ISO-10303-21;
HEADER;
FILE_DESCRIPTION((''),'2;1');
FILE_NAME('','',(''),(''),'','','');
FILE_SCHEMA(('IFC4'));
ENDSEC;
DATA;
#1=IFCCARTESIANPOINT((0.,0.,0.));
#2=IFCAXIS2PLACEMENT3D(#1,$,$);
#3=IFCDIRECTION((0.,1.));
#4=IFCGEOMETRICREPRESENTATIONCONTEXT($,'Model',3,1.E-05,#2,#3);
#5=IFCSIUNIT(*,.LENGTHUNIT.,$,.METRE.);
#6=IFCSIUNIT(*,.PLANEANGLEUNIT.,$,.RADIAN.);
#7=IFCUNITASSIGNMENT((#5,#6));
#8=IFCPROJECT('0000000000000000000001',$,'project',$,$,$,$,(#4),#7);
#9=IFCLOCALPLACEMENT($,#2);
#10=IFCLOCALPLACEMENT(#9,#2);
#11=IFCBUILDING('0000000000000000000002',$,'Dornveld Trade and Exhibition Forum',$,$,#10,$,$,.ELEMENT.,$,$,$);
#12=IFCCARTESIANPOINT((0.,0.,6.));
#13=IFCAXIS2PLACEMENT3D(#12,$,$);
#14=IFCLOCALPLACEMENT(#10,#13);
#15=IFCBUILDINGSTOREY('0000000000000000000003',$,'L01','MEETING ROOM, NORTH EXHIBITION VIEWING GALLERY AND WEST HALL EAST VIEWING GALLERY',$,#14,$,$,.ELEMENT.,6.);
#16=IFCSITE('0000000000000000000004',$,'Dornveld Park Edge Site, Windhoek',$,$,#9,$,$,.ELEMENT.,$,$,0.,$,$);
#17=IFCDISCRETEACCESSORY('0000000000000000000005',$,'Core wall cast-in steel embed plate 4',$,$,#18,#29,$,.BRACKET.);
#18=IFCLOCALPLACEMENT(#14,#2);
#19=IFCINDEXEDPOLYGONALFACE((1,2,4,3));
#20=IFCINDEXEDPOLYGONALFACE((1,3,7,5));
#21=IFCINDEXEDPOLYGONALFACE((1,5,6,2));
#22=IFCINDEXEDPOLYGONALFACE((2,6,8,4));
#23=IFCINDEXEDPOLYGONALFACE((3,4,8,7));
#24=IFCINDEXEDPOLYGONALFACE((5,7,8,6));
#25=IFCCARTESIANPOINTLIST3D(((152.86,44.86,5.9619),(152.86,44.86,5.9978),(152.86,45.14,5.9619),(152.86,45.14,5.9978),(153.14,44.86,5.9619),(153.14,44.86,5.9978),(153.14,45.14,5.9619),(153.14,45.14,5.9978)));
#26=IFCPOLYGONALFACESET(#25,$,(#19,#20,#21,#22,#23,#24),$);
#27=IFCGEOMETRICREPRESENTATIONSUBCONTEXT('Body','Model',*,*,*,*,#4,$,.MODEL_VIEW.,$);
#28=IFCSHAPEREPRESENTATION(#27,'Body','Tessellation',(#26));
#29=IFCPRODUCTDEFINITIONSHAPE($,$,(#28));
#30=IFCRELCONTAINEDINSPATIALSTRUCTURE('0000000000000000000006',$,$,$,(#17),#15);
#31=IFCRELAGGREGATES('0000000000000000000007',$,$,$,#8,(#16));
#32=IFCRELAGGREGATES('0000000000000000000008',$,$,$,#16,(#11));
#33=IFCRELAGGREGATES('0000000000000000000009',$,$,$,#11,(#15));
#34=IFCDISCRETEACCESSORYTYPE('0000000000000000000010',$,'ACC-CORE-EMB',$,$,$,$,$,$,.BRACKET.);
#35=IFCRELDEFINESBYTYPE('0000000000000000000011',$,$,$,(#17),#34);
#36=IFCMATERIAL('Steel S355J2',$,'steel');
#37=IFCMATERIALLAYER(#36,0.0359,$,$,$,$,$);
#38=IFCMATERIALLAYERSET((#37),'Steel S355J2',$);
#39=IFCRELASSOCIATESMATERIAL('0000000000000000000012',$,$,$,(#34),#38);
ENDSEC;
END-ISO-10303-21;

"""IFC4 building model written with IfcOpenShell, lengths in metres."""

from ifc_helpers import new_model, si_unit, direction, frame, origin, origin_2d, place, context, subcontext, project, spatial, rectangle, extrude, material, layer, layer_set, type_object, element, save


model = new_model("IFC4")

# Units and contexts
model_context = context("Model", 3, precision=1e-05, world=origin(), true_north=direction((0.0, 1.0)))
body_context = subcontext(model_context, "Body", "Model", "MODEL_VIEW")
ifc_project = project(units=[si_unit("LENGTHUNIT", "METRE"), si_unit("PLANEANGLEUNIT", "RADIAN")], contexts=[model_context])

# Site, building, storey
site_placement = place(None, origin())
site = spatial("IfcSite", under=ifc_project, at=site_placement, Name="Dornveld Park Edge Site, Windhoek", CompositionType="ELEMENT", RefElevation=0.0)
building_placement = place(site_placement, origin())
building = spatial("IfcBuilding", under=site, at=building_placement, Name="Dornveld Trade and Exhibition Forum", CompositionType="ELEMENT")
storey_placement = place(building_placement, frame((0.0, 0.0, 6.0)))
storey = spatial("IfcBuildingStorey", under=building, at=storey_placement, Name="L01", Description="MEETING ROOM, NORTH EXHIBITION VIEWING GALLERY AND WEST HALL EAST VIEWING GALLERY", CompositionType="ELEMENT", Elevation=6.0)

# Discrete accessory
ifc_material_1 = material(Name="Steel S355J2", Category="steel")
ifc_layer_1 = layer(ifc_material_1, 0.0359)
ifc_layer_set_1 = layer_set([ifc_layer_1], Name="Steel S355J2")
discrete_accessory_type = type_object("IfcDiscreteAccessoryType", Name="ACC-CORE-EMB", PredefinedType="BRACKET", material=ifc_layer_set_1)
discrete_accessory_placement = place(storey_placement, frame((153.0, 45.0, 5.9619), z_axis=(0.0, 0.0, 1.0), x_axis=(1.0, 0.0, 0.0)))
element("IfcDiscreteAccessory", 1, at=discrete_accessory_placement, inside=storey, type_object=discrete_accessory_type, Name="Core wall cast-in steel embed plate 4", PredefinedType="BRACKET", context=body_context, shape_type="SweptSolid", body=[
    extrude(rectangle(XDim=0.28, YDim=0.28, at=origin_2d()), origin(), (0.0, 0.0, 1.0), 0.0359),
])

save(model, "model.ifc")
